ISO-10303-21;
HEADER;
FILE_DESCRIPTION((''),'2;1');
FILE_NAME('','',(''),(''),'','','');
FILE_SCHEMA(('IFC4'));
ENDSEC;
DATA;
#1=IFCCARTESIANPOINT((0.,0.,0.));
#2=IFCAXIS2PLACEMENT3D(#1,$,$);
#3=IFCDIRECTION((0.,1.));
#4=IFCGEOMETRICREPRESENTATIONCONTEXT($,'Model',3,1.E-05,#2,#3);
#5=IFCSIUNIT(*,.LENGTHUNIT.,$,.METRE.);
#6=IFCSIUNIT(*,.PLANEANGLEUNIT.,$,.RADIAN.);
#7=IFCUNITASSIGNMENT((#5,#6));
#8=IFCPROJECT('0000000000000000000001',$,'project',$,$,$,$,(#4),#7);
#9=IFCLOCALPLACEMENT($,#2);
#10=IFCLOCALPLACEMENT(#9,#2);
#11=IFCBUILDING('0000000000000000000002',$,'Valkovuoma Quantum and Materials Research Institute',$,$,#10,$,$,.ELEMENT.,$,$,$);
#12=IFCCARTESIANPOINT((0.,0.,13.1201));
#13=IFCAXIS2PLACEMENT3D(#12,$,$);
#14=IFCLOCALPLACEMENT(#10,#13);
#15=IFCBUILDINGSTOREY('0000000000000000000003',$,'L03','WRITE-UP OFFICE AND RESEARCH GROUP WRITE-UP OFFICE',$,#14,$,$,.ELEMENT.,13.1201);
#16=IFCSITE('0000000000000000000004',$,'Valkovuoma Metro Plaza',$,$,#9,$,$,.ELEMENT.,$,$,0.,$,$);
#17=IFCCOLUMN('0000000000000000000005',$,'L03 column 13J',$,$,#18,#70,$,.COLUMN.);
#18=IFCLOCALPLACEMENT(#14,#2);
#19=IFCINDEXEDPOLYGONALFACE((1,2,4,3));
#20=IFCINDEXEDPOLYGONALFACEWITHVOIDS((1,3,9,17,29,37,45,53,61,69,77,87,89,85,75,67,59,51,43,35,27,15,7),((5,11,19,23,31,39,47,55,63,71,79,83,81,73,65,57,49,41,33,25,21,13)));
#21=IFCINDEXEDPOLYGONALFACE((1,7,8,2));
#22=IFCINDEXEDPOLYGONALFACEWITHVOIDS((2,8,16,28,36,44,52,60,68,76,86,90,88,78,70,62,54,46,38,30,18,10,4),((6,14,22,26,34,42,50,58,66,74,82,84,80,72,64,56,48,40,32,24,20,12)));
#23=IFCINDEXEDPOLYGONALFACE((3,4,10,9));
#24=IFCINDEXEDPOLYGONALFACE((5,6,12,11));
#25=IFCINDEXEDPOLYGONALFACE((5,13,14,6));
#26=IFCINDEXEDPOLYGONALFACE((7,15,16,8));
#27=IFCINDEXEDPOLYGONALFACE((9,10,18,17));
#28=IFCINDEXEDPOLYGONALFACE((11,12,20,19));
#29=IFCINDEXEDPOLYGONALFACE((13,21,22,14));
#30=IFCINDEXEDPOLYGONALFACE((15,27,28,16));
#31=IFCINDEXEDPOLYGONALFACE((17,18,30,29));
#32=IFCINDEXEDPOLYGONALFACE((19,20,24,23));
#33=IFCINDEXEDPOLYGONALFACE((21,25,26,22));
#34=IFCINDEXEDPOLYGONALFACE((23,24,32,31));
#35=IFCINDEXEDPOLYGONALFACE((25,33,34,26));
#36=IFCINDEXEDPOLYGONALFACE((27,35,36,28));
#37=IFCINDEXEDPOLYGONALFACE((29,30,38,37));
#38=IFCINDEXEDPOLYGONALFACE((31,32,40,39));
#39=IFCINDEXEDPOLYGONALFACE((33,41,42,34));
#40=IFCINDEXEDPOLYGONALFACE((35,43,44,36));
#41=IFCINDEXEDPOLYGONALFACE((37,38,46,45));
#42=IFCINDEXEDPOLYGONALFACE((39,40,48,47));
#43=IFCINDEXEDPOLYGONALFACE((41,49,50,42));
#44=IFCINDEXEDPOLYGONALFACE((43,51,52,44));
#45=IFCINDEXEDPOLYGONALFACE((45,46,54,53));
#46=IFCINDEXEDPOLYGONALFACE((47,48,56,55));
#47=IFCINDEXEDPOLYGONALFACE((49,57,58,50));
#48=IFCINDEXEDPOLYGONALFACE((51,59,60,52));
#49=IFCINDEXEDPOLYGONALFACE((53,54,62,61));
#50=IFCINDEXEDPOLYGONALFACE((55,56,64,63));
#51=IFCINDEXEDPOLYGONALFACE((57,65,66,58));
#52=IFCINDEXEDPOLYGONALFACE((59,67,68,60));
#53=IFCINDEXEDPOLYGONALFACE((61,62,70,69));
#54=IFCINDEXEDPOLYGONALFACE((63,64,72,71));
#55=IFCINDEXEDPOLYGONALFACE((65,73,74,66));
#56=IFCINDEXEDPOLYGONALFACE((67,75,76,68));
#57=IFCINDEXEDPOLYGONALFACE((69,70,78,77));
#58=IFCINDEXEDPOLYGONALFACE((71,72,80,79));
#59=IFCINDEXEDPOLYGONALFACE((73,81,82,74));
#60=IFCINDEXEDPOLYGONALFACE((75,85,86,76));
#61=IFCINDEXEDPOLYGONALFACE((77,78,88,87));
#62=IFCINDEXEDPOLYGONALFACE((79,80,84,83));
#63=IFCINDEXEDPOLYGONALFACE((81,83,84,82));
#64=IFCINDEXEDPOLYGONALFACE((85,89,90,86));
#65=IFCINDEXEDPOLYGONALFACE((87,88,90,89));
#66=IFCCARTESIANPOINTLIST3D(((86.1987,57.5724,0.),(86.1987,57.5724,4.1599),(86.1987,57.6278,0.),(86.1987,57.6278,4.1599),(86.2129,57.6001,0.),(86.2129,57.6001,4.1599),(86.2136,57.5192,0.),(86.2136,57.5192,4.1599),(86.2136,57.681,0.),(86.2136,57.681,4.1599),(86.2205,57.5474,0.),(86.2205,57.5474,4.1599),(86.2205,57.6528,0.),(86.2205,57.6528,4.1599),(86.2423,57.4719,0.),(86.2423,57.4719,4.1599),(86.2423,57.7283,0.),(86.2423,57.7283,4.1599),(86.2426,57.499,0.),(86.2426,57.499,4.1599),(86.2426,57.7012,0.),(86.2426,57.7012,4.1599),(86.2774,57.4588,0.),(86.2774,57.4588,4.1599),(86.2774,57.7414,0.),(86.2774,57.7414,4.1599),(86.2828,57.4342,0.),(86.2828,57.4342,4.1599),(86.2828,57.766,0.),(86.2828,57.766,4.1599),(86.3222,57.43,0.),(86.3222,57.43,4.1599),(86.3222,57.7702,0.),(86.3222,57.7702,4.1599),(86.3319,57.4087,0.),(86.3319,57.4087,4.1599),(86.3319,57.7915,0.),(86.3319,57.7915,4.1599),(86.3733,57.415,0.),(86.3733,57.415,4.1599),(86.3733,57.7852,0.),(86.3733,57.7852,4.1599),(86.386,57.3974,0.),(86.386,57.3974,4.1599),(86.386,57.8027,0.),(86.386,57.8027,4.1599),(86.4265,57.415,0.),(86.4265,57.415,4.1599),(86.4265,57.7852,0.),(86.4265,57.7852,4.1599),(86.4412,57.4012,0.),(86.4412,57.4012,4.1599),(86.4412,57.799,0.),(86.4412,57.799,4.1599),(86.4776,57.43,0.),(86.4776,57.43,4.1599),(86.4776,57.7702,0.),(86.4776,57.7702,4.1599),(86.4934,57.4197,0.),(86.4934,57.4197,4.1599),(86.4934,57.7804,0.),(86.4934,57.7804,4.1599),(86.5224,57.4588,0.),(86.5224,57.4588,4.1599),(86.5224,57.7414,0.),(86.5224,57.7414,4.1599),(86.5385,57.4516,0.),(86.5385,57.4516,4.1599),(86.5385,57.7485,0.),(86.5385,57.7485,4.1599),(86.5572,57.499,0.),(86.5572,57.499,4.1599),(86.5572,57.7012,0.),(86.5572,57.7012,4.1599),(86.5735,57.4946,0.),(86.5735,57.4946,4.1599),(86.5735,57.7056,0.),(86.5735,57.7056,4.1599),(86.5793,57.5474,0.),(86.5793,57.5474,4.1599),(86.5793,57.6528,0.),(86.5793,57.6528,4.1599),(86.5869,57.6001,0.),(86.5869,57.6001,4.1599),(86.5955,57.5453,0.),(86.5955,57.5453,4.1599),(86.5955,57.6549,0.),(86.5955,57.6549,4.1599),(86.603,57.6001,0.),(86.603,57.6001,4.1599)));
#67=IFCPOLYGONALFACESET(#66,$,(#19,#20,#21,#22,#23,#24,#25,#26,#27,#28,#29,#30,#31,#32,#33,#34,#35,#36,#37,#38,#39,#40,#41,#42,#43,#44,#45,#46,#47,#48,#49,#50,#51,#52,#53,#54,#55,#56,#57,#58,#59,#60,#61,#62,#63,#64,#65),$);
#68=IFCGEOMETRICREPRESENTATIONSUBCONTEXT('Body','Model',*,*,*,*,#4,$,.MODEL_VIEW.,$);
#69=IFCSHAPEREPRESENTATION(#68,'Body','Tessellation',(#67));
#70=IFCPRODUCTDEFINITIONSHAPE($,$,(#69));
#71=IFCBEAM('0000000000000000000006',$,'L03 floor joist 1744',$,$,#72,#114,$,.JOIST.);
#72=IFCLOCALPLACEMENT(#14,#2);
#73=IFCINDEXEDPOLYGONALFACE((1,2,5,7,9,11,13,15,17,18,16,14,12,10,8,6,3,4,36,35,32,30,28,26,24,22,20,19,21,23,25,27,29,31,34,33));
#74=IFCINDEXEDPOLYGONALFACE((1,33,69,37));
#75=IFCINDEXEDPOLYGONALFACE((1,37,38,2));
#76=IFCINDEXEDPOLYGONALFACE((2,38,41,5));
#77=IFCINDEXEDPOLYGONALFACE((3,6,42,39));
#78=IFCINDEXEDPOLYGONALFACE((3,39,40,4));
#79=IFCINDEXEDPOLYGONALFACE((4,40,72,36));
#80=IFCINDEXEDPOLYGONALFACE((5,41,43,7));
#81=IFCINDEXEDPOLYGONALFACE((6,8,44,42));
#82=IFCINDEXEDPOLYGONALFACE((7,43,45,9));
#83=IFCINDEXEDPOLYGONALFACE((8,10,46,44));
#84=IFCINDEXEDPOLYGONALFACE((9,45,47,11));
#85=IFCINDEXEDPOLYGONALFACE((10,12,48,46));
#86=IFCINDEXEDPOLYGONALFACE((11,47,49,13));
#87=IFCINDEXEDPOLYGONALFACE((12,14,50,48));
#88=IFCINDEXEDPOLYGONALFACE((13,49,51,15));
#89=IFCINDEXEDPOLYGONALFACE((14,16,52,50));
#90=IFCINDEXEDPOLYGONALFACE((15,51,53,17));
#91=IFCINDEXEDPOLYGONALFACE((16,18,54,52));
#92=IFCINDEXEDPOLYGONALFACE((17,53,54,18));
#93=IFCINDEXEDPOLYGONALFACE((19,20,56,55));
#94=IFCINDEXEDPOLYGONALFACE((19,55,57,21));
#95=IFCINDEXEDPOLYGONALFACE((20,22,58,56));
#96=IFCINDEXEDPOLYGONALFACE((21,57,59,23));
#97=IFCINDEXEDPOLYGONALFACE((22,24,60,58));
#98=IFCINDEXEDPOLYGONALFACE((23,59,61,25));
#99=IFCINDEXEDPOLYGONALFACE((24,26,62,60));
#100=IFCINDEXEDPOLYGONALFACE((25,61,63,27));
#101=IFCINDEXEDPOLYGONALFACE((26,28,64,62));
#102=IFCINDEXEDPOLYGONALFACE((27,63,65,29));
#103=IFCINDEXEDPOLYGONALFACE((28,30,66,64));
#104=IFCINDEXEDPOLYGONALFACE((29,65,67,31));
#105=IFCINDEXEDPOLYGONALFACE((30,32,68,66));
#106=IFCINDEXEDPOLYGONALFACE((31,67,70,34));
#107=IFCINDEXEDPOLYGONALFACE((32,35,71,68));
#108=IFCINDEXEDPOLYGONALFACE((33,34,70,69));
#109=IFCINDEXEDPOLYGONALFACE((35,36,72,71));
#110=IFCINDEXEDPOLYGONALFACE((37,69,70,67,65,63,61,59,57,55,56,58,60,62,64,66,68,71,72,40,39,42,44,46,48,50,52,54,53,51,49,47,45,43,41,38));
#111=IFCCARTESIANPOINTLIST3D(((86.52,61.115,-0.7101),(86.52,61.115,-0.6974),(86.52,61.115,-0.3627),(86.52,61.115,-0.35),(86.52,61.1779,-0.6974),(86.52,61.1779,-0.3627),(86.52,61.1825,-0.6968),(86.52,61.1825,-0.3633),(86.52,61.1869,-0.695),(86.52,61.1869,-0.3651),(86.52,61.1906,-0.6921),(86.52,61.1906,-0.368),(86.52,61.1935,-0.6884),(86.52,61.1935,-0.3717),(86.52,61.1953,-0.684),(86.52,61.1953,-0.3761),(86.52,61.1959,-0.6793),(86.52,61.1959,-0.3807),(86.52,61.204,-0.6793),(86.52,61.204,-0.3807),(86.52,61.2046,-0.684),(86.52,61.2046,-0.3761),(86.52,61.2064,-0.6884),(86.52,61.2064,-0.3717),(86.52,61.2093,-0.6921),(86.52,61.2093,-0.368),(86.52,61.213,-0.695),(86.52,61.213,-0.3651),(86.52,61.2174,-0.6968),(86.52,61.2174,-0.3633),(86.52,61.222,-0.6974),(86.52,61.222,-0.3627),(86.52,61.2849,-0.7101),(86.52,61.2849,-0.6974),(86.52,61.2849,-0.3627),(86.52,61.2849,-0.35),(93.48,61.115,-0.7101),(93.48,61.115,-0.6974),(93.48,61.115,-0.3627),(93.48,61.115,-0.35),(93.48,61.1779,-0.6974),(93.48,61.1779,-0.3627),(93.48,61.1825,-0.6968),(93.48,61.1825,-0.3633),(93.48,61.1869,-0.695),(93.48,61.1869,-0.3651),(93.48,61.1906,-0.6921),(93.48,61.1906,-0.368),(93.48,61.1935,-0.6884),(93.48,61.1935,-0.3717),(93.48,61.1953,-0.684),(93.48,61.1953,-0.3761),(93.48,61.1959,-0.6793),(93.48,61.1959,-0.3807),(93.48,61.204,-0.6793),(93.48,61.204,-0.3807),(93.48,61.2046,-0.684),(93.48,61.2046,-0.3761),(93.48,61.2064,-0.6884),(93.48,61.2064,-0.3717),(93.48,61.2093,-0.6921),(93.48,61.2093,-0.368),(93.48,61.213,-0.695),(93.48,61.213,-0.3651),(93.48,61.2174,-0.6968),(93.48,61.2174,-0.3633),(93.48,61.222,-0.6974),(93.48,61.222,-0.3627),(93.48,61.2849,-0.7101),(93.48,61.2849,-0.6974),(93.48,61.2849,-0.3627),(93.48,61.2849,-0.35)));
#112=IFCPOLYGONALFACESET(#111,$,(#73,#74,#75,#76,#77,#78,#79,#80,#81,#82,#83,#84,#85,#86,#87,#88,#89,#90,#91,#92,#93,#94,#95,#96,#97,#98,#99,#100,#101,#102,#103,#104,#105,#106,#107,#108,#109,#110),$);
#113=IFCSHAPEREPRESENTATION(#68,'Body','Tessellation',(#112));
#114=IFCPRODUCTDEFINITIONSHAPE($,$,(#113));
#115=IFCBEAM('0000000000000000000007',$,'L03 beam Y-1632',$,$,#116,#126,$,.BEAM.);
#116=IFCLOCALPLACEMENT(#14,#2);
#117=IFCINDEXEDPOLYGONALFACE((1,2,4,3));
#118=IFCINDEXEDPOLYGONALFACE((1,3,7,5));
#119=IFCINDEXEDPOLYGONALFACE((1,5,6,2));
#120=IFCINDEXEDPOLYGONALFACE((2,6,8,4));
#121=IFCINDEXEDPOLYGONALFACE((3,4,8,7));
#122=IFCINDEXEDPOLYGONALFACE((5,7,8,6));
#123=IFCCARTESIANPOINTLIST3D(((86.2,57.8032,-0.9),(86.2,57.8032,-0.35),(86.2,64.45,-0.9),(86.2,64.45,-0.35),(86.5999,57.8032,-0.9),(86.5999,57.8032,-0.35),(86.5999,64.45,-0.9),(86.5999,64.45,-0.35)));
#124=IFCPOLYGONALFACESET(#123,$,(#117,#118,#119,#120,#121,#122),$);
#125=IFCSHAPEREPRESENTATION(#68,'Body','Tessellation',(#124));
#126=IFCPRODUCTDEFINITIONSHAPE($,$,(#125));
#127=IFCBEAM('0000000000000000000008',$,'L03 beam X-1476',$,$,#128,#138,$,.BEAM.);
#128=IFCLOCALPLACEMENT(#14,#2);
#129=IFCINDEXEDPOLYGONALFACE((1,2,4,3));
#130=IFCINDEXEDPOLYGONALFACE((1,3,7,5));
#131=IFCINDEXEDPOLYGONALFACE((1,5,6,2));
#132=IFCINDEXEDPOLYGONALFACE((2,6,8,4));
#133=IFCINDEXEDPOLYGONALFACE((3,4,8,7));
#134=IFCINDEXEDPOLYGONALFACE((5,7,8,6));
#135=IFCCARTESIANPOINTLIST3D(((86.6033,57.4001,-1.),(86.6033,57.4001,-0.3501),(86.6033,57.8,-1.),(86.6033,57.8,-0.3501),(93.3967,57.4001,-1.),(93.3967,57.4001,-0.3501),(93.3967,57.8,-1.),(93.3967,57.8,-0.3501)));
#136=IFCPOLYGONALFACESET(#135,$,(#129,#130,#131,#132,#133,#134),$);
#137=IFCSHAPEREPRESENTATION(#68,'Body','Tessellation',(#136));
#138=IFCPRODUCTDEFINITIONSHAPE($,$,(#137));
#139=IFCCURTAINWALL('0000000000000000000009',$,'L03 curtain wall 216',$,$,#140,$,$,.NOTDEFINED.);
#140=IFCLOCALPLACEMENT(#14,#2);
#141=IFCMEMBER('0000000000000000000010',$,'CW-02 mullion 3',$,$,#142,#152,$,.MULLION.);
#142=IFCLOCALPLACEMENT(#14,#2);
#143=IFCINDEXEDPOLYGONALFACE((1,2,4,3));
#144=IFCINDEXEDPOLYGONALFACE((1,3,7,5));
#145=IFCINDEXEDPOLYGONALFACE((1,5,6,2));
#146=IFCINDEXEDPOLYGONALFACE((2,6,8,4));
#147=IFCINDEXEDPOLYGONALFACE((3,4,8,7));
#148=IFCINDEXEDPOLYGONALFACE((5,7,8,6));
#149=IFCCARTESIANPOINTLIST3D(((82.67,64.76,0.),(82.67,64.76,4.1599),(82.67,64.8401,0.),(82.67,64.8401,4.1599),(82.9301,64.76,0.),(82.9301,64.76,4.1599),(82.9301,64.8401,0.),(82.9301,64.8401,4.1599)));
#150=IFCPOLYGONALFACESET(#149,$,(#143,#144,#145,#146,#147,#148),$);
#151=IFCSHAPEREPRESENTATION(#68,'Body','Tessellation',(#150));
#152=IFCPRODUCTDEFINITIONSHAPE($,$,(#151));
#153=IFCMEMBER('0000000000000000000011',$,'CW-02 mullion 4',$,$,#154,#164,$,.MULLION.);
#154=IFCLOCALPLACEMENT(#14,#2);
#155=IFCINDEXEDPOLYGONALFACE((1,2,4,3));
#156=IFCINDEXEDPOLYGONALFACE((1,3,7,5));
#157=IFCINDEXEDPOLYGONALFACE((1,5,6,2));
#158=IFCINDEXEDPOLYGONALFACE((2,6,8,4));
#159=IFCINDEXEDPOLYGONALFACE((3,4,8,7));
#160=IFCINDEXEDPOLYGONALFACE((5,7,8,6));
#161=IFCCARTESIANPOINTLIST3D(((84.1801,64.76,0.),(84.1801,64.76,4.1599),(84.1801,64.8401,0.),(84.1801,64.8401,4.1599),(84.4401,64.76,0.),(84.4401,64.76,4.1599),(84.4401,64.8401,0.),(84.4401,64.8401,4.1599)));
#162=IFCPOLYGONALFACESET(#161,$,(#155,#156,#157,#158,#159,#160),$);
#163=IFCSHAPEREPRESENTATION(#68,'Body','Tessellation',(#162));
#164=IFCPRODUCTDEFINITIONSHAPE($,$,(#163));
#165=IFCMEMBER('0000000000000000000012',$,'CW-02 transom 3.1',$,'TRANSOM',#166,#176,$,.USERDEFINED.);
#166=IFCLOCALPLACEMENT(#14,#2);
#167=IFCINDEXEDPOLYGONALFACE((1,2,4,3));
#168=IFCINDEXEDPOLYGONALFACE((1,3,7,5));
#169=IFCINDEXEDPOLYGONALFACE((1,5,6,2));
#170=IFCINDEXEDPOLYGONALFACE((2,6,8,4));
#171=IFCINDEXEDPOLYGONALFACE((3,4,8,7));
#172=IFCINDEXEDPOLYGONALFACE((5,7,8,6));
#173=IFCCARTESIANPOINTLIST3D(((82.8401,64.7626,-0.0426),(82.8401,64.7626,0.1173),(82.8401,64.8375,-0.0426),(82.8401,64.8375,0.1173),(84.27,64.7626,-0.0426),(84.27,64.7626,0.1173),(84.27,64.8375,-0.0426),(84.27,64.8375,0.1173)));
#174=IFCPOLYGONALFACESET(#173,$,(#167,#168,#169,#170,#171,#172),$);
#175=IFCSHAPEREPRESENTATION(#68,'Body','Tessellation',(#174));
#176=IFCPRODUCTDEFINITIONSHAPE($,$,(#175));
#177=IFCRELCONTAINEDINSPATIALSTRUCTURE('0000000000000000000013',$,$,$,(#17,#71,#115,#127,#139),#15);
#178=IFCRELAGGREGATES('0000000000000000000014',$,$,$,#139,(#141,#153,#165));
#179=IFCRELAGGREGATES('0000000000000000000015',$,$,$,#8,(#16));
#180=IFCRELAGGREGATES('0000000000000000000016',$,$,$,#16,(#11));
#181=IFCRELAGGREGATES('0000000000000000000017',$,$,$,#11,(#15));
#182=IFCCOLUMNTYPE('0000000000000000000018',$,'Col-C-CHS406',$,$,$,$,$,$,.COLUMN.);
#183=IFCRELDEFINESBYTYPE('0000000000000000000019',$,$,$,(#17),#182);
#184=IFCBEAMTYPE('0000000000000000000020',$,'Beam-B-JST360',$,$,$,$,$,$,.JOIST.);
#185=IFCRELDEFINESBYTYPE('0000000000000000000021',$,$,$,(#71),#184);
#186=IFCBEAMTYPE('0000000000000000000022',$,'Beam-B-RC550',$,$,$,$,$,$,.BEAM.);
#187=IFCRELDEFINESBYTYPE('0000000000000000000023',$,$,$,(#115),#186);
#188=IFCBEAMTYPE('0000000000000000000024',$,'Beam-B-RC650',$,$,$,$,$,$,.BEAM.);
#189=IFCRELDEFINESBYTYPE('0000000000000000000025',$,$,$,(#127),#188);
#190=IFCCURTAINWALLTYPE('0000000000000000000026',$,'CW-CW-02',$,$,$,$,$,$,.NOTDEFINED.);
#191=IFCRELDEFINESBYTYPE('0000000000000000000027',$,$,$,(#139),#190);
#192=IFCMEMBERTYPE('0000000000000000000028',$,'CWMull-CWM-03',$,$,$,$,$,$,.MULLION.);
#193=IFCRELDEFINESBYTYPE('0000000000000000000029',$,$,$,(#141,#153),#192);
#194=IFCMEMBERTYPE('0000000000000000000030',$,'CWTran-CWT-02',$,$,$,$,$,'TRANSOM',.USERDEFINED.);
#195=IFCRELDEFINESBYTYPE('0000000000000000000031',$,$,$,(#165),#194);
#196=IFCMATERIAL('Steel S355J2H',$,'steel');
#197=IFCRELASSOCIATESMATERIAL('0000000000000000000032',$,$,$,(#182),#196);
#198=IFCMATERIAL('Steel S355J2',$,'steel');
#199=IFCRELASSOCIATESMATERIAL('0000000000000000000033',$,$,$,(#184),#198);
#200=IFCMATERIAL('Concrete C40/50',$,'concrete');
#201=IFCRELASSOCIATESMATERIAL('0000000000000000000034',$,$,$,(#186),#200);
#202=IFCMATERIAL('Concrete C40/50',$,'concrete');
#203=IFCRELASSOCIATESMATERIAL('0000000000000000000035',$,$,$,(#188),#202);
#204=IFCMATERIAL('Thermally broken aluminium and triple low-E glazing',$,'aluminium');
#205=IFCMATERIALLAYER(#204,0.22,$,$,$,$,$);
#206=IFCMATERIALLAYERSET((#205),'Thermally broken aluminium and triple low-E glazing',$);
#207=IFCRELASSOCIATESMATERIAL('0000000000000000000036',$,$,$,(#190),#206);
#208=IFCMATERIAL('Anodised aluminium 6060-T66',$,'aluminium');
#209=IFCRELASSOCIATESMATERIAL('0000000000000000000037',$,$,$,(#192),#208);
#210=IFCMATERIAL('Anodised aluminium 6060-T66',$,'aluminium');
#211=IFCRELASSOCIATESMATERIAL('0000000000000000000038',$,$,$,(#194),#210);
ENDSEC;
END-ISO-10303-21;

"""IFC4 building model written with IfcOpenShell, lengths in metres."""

from ifc_helpers import new_model, si_unit, direction, frame, origin, origin_2d, place, context, subcontext, project, spatial, rectangle, hollow_circle, i_section, extrude, material, layer, layer_set, material_profile, profile_set, type_object, element, aggregate, save


model = new_model("IFC4")

# Units and contexts
model_context = context("Model", 3, precision=1e-05, world=origin(), true_north=direction((0.0, 1.0)))
body_context = subcontext(model_context, "Body", "Model", "MODEL_VIEW")
ifc_project = project(units=[si_unit("LENGTHUNIT", "METRE"), si_unit("PLANEANGLEUNIT", "RADIAN")], contexts=[model_context])

# Site, building, storey
site_placement = place(None, origin())
site = spatial("IfcSite", under=ifc_project, at=site_placement, Name="Valkovuoma Metro Plaza", CompositionType="ELEMENT", RefElevation=0.0)
building_placement = place(site_placement, origin())
building = spatial("IfcBuilding", under=site, at=building_placement, Name="Valkovuoma Quantum and Materials Research Institute", CompositionType="ELEMENT")
storey_placement = place(building_placement, frame((0.0, 0.0, 13.1201)))
storey = spatial("IfcBuildingStorey", under=building, at=storey_placement, Name="L03", Description="WRITE-UP OFFICE AND RESEARCH GROUP WRITE-UP OFFICE", CompositionType="ELEMENT", Elevation=13.1201)

# Column
ifc_material_1 = material(Name="Steel S355J2H", Category="steel")
ifc_material_profile_1 = material_profile(ifc_material_1, hollow_circle(Radius=0.2031, WallThickness=0.0161, at=origin_2d()), Name="Steel S355J2H")
ifc_profile_set_1 = profile_set([ifc_material_profile_1], Name="Steel S355J2H")
column_type = type_object("IfcColumnType", Name="Col-C-CHS406", PredefinedType="COLUMN", material=ifc_profile_set_1)
column_placement = place(storey_placement, frame((86.3999, 57.6001, 0.0), z_axis=(0.0, 0.0, 1.0), x_axis=(1.0, 0.0, 0.0)))
element("IfcColumn", 1, at=column_placement, inside=storey, type_object=column_type, Name="L03 column 13J", PredefinedType="COLUMN", context=body_context, shape_type="SweptSolid", body=[
    extrude(hollow_circle(Radius=0.2031, WallThickness=0.0161, at=origin_2d()), origin(), (0.0, 0.0, 1.0), 4.1599),
])

# Beams
ifc_material_2 = material(Name="Steel S355J2", Category="steel")
ifc_material_profile_2 = material_profile(ifc_material_2, i_section(OverallWidth=0.1699, OverallDepth=0.3601, WebThickness=0.0081, FlangeThickness=0.0127, FilletRadius=0.0181, at=origin_2d()), Name="Steel S355J2")
ifc_profile_set_2 = profile_set([ifc_material_profile_2], Name="Steel S355J2")
beam_type_1 = type_object("IfcBeamType", Name="Beam-B-JST360", PredefinedType="JOIST", material=ifc_profile_set_2)
beam_1_placement = place(storey_placement, frame((86.52, 61.2, -0.53), z_axis=(1.0, 0.0, 0.0), x_axis=(0.0, 1.0, 0.0)))
element("IfcBeam", 2, at=beam_1_placement, inside=storey, type_object=beam_type_1, Name="L03 floor joist 1744", PredefinedType="JOIST", context=body_context, shape_type="SweptSolid", body=[
    extrude(i_section(OverallWidth=0.1699, OverallDepth=0.3601, WebThickness=0.0081, FlangeThickness=0.0127, FilletRadius=0.0181, at=origin_2d()), origin(), (0.0, 0.0, 1.0), 6.96),
])
ifc_material_3 = material(Name="Concrete C40/50", Category="concrete")
ifc_material_profile_3 = material_profile(ifc_material_3, rectangle(XDim=0.3999, YDim=0.55, at=origin_2d()), Name="Concrete C40/50")
ifc_profile_set_3 = profile_set([ifc_material_profile_3], Name="Concrete C40/50")
beam_type_2 = type_object("IfcBeamType", Name="Beam-B-RC550", PredefinedType="BEAM", material=ifc_profile_set_3)
beam_2_placement = place(storey_placement, frame((86.3999, 57.8032, -0.625), z_axis=(0.0, 1.0, 0.0), x_axis=(-1.0, 0.0, 0.0)))
element("IfcBeam", 3, at=beam_2_placement, inside=storey, type_object=beam_type_2, Name="L03 beam Y-1632", PredefinedType="BEAM", context=body_context, shape_type="SweptSolid", body=[
    extrude(rectangle(XDim=0.3999, YDim=0.55, at=origin_2d()), origin(), (0.0, 0.0, 1.0), 6.6467),
])
ifc_material_4 = material(Name="Concrete C40/50", Category="concrete")
ifc_material_profile_4 = material_profile(ifc_material_4, rectangle(XDim=0.3999, YDim=0.6499, at=origin_2d()), Name="Concrete C40/50")
ifc_profile_set_4 = profile_set([ifc_material_profile_4], Name="Concrete C40/50")
beam_type_3 = type_object("IfcBeamType", Name="Beam-B-RC650", PredefinedType="BEAM", material=ifc_profile_set_4)
beam_3_placement = place(storey_placement, frame((86.6033, 57.6001, -0.675), z_axis=(1.0, 0.0, 0.0), x_axis=(0.0, 1.0, 0.0)))
element("IfcBeam", 4, at=beam_3_placement, inside=storey, type_object=beam_type_3, Name="L03 beam X-1476", PredefinedType="BEAM", context=body_context, shape_type="SweptSolid", body=[
    extrude(rectangle(XDim=0.3999, YDim=0.6499, at=origin_2d()), origin(), (0.0, 0.0, 1.0), 6.7935),
])

# Curtain wall, members
ifc_material_5 = material(Name="Thermally broken aluminium and triple low-E glazing", Category="aluminium")
ifc_layer_1 = layer(ifc_material_5, 0.22)
ifc_layer_set_1 = layer_set([ifc_layer_1], Name="Thermally broken aluminium and triple low-E glazing")
curtain_wall_type = type_object("IfcCurtainWallType", Name="CW-CW-02", PredefinedType="NOTDEFINED", material=ifc_layer_set_1)
curtain_wall_placement = place(storey_placement, origin())
curtain_wall = element("IfcCurtainWall", 5, at=curtain_wall_placement, inside=storey, type_object=curtain_wall_type, Name="L03 curtain wall 216", PredefinedType="NOTDEFINED")
ifc_material_6 = material(Name="Anodised aluminium 6060-T66", Category="aluminium")
ifc_material_profile_5 = material_profile(ifc_material_6, rectangle(XDim=0.0801, YDim=0.26, at=origin_2d()), Name="Anodised aluminium 6060-T66")
ifc_profile_set_5 = profile_set([ifc_material_profile_5], Name="Anodised aluminium 6060-T66")
member_type_1 = type_object("IfcMemberType", Name="CWMull-CWM-03", PredefinedType="MULLION", material=ifc_profile_set_5)
member_1_placement = place(storey_placement, frame((82.8, 64.8, 0.0), z_axis=(0.0, 0.0, 1.0), x_axis=(0.0, 1.0, 0.0)))
member_1 = element("IfcMember", 6, at=member_1_placement, type_object=member_type_1, Name="CW-02 mullion 3", PredefinedType="MULLION", context=body_context, shape_type="SweptSolid", body=[
    extrude(rectangle(XDim=0.0801, YDim=0.26, at=origin_2d()), origin(), (0.0, 0.0, 1.0), 4.1599),
])
member_2_placement = place(storey_placement, frame((84.3101, 64.8, 0.0), z_axis=(0.0, 0.0, 1.0), x_axis=(0.0, 1.0, 0.0)))
member_2 = element("IfcMember", 7, at=member_2_placement, type_object=member_type_1, Name="CW-02 mullion 4", PredefinedType="MULLION", context=body_context, shape_type="SweptSolid", body=[
    extrude(rectangle(XDim=0.0801, YDim=0.26, at=origin_2d()), origin(), (0.0, 0.0, 1.0), 4.1599),
])
ifc_material_7 = material(Name="Anodised aluminium 6060-T66", Category="aluminium")
ifc_material_profile_6 = material_profile(ifc_material_7, rectangle(XDim=0.075, YDim=0.1599, at=origin_2d()), Name="Anodised aluminium 6060-T66")
ifc_profile_set_6 = profile_set([ifc_material_profile_6], Name="Anodised aluminium 6060-T66")
member_type_2 = type_object("IfcMemberType", Name="CWTran-CWT-02", ElementType="TRANSOM", PredefinedType="USERDEFINED", material=ifc_profile_set_6)
member_3_placement = place(storey_placement, frame((82.8401, 64.8, 0.0374), z_axis=(1.0, 0.0, 0.0), x_axis=(0.0, 1.0, 0.0)))
member_3 = element("IfcMember", 8, at=member_3_placement, type_object=member_type_2, Name="CW-02 transom 3.1", ObjectType="TRANSOM", PredefinedType="USERDEFINED", context=body_context, shape_type="SweptSolid", body=[
    extrude(rectangle(XDim=0.075, YDim=0.1599, at=origin_2d()), origin(), (0.0, 0.0, 1.0), 1.4299),
])
aggregate(curtain_wall, [member_1, member_2, member_3])

save(model, "model.ifc")
